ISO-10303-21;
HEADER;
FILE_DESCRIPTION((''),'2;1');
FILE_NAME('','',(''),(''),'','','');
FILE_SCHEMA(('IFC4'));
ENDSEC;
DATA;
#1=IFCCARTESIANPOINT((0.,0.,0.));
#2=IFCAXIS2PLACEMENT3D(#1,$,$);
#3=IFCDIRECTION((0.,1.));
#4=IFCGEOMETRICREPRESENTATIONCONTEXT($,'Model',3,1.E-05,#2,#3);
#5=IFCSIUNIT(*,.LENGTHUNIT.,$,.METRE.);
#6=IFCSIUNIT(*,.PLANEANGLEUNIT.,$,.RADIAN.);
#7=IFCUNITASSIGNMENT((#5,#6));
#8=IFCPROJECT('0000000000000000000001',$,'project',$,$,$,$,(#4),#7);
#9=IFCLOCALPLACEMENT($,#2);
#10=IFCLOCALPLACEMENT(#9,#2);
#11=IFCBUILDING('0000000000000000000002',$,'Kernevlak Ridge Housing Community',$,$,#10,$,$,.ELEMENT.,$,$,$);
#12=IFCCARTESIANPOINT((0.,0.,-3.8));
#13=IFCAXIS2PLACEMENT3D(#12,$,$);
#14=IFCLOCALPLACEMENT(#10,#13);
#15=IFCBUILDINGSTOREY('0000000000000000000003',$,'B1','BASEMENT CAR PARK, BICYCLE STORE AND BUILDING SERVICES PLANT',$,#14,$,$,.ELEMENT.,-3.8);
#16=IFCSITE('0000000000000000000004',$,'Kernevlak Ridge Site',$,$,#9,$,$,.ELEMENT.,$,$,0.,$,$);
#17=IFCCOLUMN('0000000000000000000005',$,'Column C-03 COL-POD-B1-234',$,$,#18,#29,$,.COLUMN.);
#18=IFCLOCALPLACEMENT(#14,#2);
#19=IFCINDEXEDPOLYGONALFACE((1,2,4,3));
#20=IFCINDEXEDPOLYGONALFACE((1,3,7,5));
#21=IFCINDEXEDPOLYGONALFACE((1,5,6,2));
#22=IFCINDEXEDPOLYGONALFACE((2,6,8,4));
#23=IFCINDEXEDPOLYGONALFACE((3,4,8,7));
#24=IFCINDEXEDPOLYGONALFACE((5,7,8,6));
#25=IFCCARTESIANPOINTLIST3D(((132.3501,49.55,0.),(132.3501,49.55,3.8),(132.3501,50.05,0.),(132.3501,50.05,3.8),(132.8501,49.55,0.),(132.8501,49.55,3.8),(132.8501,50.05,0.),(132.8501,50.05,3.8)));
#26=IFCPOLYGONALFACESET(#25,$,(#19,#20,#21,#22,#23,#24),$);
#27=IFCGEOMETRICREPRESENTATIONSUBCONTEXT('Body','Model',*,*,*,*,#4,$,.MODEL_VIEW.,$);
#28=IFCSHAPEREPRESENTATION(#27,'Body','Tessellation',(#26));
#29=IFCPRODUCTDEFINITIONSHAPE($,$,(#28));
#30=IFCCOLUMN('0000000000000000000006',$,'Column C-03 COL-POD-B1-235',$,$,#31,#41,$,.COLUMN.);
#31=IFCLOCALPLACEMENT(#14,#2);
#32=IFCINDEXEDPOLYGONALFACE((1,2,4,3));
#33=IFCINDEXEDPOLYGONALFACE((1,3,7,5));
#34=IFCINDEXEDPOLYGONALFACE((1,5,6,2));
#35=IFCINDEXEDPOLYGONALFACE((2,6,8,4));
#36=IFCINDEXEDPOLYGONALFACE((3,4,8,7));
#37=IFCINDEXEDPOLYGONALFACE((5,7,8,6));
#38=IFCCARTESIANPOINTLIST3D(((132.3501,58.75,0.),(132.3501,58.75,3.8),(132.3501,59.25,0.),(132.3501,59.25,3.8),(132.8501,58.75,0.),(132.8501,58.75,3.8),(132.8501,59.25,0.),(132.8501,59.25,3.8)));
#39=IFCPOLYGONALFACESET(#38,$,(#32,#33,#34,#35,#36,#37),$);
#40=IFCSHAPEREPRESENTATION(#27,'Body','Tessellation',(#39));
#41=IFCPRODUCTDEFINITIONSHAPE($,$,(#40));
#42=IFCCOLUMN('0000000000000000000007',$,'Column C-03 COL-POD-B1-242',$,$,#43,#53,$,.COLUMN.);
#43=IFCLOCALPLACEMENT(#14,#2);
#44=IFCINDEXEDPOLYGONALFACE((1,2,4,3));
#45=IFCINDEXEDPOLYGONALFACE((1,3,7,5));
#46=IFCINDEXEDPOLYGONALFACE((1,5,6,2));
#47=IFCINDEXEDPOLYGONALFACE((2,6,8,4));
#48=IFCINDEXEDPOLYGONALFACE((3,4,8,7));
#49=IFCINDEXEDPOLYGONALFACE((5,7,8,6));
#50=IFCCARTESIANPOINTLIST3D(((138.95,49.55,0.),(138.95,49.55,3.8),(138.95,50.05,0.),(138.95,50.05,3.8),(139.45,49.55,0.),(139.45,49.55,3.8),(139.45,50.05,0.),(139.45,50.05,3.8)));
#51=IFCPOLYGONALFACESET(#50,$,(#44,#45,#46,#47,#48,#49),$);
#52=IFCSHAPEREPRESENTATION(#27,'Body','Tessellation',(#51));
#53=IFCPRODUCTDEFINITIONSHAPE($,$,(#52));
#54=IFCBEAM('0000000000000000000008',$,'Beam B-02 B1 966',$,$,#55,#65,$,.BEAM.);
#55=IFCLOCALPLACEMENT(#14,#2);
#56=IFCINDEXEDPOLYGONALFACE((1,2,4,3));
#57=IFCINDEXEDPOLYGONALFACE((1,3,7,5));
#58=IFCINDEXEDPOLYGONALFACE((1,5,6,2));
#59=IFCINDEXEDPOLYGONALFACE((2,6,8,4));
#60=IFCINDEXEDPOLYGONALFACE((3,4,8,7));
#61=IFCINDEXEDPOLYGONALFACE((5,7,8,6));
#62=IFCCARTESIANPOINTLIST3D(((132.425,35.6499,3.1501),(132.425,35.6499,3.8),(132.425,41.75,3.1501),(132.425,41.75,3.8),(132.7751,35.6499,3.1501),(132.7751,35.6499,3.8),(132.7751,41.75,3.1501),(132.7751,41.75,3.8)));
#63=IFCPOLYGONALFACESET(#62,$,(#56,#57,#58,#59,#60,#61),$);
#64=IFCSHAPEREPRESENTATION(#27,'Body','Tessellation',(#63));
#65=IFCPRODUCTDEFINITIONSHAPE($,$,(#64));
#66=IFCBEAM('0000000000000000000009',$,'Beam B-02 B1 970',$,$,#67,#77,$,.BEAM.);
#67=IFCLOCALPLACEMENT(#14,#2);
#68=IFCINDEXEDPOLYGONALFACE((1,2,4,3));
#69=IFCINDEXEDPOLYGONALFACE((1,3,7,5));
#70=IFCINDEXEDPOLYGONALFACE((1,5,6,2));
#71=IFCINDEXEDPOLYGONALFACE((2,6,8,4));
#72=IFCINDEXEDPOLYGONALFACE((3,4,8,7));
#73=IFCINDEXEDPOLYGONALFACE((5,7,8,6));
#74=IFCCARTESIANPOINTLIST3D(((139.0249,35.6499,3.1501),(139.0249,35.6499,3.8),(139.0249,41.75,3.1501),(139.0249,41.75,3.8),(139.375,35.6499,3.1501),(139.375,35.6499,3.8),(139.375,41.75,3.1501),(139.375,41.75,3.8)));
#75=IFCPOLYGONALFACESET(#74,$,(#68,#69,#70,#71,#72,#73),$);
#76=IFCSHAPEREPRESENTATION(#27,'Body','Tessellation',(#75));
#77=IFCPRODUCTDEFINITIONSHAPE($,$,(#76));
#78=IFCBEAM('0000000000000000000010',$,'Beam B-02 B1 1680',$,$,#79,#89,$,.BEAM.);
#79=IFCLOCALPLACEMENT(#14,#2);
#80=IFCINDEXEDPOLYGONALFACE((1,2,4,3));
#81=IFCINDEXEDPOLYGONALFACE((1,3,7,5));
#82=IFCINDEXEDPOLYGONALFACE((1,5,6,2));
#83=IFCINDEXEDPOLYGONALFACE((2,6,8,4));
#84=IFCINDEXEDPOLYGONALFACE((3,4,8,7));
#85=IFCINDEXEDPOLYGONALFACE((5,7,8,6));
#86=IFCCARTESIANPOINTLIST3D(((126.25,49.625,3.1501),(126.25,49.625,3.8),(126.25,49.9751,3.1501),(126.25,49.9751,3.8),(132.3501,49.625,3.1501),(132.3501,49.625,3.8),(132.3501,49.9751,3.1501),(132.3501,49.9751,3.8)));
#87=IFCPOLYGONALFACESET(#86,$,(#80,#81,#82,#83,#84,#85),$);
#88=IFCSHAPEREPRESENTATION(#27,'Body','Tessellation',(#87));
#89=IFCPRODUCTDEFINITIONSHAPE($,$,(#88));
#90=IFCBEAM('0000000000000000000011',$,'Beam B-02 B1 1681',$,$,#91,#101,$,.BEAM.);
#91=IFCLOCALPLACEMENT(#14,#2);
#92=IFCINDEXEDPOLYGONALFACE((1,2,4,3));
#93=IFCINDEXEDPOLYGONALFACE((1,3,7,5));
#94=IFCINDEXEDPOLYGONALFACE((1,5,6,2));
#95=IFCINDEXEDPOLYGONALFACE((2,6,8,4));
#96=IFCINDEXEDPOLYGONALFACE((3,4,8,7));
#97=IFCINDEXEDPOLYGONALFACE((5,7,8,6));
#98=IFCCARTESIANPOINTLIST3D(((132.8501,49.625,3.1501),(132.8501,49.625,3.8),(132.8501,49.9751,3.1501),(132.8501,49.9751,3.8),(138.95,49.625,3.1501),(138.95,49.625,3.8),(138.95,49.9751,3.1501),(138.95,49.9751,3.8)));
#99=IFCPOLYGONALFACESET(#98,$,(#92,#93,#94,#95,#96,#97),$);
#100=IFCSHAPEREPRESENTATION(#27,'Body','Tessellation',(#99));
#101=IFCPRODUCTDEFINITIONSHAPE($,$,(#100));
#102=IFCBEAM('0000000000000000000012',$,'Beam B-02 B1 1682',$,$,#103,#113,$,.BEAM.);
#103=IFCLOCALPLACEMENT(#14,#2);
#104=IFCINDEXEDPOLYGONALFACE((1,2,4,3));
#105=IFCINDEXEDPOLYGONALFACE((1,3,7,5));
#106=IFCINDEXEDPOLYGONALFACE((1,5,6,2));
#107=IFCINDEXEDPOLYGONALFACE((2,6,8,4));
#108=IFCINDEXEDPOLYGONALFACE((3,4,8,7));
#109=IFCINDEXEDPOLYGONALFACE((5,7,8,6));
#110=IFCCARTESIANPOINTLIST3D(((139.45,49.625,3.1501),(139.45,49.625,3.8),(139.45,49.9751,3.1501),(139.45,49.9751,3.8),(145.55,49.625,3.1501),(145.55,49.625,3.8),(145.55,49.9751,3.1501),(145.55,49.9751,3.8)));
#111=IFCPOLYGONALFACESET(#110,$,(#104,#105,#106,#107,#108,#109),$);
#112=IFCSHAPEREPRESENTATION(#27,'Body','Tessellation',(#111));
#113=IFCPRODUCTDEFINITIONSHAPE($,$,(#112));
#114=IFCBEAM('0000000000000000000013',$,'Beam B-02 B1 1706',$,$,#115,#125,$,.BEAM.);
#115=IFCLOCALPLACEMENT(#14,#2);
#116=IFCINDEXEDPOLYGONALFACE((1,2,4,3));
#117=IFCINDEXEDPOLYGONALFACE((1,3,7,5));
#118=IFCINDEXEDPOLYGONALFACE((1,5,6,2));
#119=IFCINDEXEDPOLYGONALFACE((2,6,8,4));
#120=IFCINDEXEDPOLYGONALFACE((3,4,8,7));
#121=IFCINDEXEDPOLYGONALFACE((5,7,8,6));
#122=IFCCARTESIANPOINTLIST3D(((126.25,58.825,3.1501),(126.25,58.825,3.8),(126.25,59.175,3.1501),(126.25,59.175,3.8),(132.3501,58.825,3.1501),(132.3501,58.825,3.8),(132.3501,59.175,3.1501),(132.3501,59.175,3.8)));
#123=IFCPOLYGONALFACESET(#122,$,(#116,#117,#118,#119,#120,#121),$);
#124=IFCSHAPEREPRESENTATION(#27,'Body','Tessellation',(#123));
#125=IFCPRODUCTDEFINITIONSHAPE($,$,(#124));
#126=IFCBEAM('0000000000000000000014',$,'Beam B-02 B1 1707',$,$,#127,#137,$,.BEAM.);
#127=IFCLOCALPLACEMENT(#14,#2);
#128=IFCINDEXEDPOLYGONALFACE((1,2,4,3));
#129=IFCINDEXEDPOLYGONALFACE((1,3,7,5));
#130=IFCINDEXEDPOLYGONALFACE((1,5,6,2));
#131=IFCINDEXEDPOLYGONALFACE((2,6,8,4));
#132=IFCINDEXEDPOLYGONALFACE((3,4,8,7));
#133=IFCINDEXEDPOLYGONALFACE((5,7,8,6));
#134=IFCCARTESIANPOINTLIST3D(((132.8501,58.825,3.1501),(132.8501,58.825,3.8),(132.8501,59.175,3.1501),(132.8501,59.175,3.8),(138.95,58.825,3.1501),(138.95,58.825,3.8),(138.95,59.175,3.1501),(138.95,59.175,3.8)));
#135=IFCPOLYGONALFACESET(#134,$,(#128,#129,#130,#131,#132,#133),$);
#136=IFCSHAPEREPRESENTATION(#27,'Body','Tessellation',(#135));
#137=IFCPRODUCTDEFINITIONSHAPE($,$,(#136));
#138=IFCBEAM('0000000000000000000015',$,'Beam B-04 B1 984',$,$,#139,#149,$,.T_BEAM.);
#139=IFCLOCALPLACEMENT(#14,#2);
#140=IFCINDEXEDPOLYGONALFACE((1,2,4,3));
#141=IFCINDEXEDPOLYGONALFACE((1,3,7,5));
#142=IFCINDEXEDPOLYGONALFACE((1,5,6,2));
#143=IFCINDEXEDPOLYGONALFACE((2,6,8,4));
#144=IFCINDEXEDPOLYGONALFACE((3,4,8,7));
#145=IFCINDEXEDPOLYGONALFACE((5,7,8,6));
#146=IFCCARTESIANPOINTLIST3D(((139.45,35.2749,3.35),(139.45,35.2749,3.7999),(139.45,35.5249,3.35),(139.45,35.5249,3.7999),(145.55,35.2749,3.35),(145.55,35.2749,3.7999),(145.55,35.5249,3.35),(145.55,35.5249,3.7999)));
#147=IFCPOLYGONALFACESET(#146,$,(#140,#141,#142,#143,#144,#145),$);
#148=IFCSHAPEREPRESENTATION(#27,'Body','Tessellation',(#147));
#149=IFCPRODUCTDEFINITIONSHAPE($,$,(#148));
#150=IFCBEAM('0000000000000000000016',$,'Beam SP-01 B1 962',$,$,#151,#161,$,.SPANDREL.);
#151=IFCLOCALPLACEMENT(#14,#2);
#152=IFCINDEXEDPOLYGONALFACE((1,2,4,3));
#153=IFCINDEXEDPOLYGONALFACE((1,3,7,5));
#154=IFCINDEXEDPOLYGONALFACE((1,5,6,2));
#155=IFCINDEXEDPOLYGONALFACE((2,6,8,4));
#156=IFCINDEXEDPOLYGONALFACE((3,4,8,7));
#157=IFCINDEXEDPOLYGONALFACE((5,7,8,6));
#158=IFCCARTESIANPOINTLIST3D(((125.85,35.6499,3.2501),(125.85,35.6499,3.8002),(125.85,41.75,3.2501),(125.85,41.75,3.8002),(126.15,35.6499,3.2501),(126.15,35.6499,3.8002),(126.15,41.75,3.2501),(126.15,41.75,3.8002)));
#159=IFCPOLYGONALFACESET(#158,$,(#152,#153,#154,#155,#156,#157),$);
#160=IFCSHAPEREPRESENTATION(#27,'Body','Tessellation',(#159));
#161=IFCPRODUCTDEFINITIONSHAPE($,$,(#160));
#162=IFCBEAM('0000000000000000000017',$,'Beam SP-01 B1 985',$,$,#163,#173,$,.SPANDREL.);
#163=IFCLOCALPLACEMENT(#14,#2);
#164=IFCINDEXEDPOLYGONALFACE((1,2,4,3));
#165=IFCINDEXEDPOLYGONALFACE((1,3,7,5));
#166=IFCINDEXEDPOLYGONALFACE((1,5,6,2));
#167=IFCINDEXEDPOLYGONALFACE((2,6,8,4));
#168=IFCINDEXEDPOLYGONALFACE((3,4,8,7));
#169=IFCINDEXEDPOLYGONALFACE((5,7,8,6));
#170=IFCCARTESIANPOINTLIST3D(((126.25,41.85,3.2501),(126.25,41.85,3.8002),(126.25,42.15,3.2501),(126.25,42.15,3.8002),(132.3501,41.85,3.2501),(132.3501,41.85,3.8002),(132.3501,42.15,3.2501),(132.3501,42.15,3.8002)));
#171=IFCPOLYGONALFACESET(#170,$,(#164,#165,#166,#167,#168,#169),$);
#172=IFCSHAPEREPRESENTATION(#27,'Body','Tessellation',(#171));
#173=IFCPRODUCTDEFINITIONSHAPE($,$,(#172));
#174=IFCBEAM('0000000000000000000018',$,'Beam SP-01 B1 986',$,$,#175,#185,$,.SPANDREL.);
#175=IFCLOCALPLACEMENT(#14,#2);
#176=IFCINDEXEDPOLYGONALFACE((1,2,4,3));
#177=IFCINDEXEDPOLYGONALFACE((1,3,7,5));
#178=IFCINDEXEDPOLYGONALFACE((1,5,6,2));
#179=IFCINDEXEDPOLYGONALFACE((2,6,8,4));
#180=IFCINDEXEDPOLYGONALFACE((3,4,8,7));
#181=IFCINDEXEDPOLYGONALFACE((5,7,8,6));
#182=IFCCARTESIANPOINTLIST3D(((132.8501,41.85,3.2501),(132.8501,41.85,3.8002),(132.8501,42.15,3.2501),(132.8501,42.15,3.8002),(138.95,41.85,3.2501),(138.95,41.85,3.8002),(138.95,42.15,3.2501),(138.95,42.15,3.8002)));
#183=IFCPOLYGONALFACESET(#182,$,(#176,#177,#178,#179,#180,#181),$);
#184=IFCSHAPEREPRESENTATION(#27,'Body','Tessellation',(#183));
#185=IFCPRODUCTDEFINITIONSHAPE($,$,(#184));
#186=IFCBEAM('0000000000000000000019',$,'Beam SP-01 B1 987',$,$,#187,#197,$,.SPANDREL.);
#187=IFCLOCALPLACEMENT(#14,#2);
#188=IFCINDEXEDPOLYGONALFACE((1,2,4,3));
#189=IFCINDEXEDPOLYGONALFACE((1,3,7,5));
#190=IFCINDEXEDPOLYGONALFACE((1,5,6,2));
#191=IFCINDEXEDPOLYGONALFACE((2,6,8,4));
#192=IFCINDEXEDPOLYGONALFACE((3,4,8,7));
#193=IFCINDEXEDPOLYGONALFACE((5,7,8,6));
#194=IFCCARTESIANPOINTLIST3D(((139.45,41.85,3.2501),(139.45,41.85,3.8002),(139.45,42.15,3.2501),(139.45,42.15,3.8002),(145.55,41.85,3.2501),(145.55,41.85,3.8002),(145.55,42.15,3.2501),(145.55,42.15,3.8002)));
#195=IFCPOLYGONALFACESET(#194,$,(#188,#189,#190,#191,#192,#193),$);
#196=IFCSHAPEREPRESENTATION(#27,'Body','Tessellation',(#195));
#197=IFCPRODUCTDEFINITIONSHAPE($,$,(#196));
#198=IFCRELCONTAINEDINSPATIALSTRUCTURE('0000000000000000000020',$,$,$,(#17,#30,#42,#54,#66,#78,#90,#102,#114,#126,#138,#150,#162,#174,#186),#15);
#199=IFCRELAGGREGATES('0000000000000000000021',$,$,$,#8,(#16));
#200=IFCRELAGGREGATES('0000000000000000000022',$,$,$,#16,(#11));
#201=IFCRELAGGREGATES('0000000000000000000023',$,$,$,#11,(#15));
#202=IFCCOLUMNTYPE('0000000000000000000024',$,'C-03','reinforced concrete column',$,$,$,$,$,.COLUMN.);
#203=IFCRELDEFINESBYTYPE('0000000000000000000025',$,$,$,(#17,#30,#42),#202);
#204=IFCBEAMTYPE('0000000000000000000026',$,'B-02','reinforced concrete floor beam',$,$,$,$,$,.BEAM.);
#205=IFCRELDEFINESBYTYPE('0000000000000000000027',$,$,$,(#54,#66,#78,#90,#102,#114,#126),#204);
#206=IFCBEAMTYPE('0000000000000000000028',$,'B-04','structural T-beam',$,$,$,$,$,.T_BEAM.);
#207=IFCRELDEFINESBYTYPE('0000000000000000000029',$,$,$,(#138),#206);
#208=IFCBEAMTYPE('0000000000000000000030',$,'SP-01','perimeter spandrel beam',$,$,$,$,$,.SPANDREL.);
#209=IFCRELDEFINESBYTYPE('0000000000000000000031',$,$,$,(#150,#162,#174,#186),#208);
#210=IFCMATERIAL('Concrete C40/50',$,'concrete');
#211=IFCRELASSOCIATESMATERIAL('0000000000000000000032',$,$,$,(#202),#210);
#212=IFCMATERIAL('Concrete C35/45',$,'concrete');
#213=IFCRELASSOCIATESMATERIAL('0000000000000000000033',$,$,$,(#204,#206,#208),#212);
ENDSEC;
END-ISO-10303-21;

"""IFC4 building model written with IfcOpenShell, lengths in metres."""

from ifc_helpers import new_model, si_unit, direction, frame, origin, origin_2d, place, context, subcontext, project, spatial, rectangle, extrude, material, material_profile, profile_set, type_object, element, save


model = new_model("IFC4")

# Units and contexts
model_context = context("Model", 3, precision=1e-05, world=origin(), true_north=direction((0.0, 1.0)))
body_context = subcontext(model_context, "Body", "Model", "MODEL_VIEW")
ifc_project = project(units=[si_unit("LENGTHUNIT", "METRE"), si_unit("PLANEANGLEUNIT", "RADIAN")], contexts=[model_context])

# Site, building, storey
site_placement = place(None, origin())
site = spatial("IfcSite", under=ifc_project, at=site_placement, Name="Kernevlak Ridge Site", CompositionType="ELEMENT", RefElevation=0.0)
building_placement = place(site_placement, origin())
building = spatial("IfcBuilding", under=site, at=building_placement, Name="Kernevlak Ridge Housing Community", CompositionType="ELEMENT")
storey_placement = place(building_placement, frame((0.0, 0.0, -3.8)))
storey = spatial("IfcBuildingStorey", under=building, at=storey_placement, Name="B1", Description="BASEMENT CAR PARK, BICYCLE STORE AND BUILDING SERVICES PLANT", CompositionType="ELEMENT", Elevation=-3.8)

# Shared definitions
ifc_material_1 = material(Name="Concrete C35/45", Category="concrete")

# Columns
ifc_material_2 = material(Name="Concrete C40/50", Category="concrete")
ifc_material_profile_1 = material_profile(ifc_material_2, rectangle(XDim=0.5, YDim=0.5, at=origin_2d()), Name="RC 500x500")
ifc_profile_set_1 = profile_set([ifc_material_profile_1], Name="Concrete C40/50")
column_type = type_object("IfcColumnType", Name="C-03", Description="reinforced concrete column", PredefinedType="COLUMN", material=ifc_profile_set_1)
for number, where, z_axis, x_axis, name in (
    (1, (132.6001, 49.8, 0.0), (0.0, 0.0, 1.0), (1.0, 0.0, 0.0), "Column C-03 COL-POD-B1-234"),
    (2, (132.6001, 59.0, 0.0), (0.0, 0.0, 1.0), (1.0, 0.0, 0.0), "Column C-03 COL-POD-B1-235"),
    (3, (139.2, 49.8, 0.0), (0.0, 0.0, 1.0), (1.0, 0.0, 0.0), "Column C-03 COL-POD-B1-242"),
):
    element("IfcColumn", number, at=place(storey_placement, frame(where, z_axis=z_axis, x_axis=x_axis)), inside=storey, type_object=column_type, Name=name, PredefinedType="COLUMN", context=body_context, shape_type="SweptSolid", body=[
        extrude(rectangle(XDim=0.5, YDim=0.5, at=origin_2d()), origin(), (0.0, 0.0, 1.0), 3.8),
    ])

# Beams
ifc_material_profile_2 = material_profile(ifc_material_1, rectangle(XDim=0.3501, YDim=0.6499, at=origin_2d()), Name="RC 350x650")
ifc_profile_set_2 = profile_set([ifc_material_profile_2], Name="Concrete C35/45")
beam_type_1 = type_object("IfcBeamType", Name="B-02", Description="reinforced concrete floor beam", PredefinedType="BEAM", material=ifc_profile_set_2)
for number, where, z_axis, x_axis, name in (
    (4, (132.6001, 35.6499, 3.4751), (0.0, 1.0, 0.0), (-1.0, 0.0, 0.0), "Beam B-02 B1 966"),
    (5, (139.2, 35.6499, 3.4751), (0.0, 1.0, 0.0), (-1.0, 0.0, 0.0), "Beam B-02 B1 970"),
    (6, (126.25, 49.8, 3.4751), (1.0, 0.0, 0.0), (0.0, 1.0, 0.0), "Beam B-02 B1 1680"),
):
    element("IfcBeam", number, at=place(storey_placement, frame(where, z_axis=z_axis, x_axis=x_axis)), inside=storey, type_object=beam_type_1, Name=name, PredefinedType="BEAM", context=body_context, shape_type="SweptSolid", body=[
        extrude(rectangle(XDim=0.3501, YDim=0.6499, at=origin_2d()), origin(), (0.0, 0.0, 1.0), 6.1001),
    ])
beam_1_placement = place(storey_placement, frame((132.8501, 49.8, 3.4751), z_axis=(1.0, 0.0, 0.0), x_axis=(0.0, 1.0, 0.0)))
element("IfcBeam", 7, at=beam_1_placement, inside=storey, type_object=beam_type_1, Name="Beam B-02 B1 1681", PredefinedType="BEAM", context=body_context, shape_type="SweptSolid", body=[
    extrude(rectangle(XDim=0.3501, YDim=0.6499, at=origin_2d()), origin(), (0.0, 0.0, 1.0), 6.0999),
])
for number, where, z_axis, x_axis, name in (
    (8, (139.45, 49.8, 3.4751), (1.0, 0.0, 0.0), (0.0, 1.0, 0.0), "Beam B-02 B1 1682"),
    (9, (126.25, 59.0, 3.4751), (1.0, 0.0, 0.0), (0.0, 1.0, 0.0), "Beam B-02 B1 1706"),
):
    element("IfcBeam", number, at=place(storey_placement, frame(where, z_axis=z_axis, x_axis=x_axis)), inside=storey, type_object=beam_type_1, Name=name, PredefinedType="BEAM", context=body_context, shape_type="SweptSolid", body=[
        extrude(rectangle(XDim=0.3501, YDim=0.6499, at=origin_2d()), origin(), (0.0, 0.0, 1.0), 6.1001),
    ])
beam_2_placement = place(storey_placement, frame((132.8501, 59.0, 3.4751), z_axis=(1.0, 0.0, 0.0), x_axis=(0.0, 1.0, 0.0)))
element("IfcBeam", 10, at=beam_2_placement, inside=storey, type_object=beam_type_1, Name="Beam B-02 B1 1707", PredefinedType="BEAM", context=body_context, shape_type="SweptSolid", body=[
    extrude(rectangle(XDim=0.3501, YDim=0.6499, at=origin_2d()), origin(), (0.0, 0.0, 1.0), 6.0999),
])
ifc_material_profile_3 = material_profile(ifc_material_1, rectangle(XDim=0.25, YDim=0.45, at=origin_2d()), Name="RC 250x450")
ifc_profile_set_3 = profile_set([ifc_material_profile_3], Name="Concrete C35/45")
beam_type_2 = type_object("IfcBeamType", Name="B-04", Description="structural T-beam", PredefinedType="T_BEAM", material=ifc_profile_set_3)
beam_3_placement = place(storey_placement, frame((139.45, 35.3999, 3.575), z_axis=(1.0, 0.0, 0.0), x_axis=(0.0, 1.0, 0.0)))
element("IfcBeam", 11, at=beam_3_placement, inside=storey, type_object=beam_type_2, Name="Beam B-04 B1 984", PredefinedType="T_BEAM", context=body_context, shape_type="SweptSolid", body=[
    extrude(rectangle(XDim=0.25, YDim=0.45, at=origin_2d()), origin(), (0.0, 0.0, 1.0), 6.1001),
])
ifc_material_profile_4 = material_profile(ifc_material_1, rectangle(XDim=0.3, YDim=0.55, at=origin_2d()), Name="RC 300x550")
ifc_profile_set_4 = profile_set([ifc_material_profile_4], Name="Concrete C35/45")
beam_type_3 = type_object("IfcBeamType", Name="SP-01", Description="perimeter spandrel beam", PredefinedType="SPANDREL", material=ifc_profile_set_4)
for number, where, z_axis, x_axis, name in (
    (12, (126.0, 35.6499, 3.5251), (0.0, 1.0, 0.0), (-1.0, 0.0, 0.0), "Beam SP-01 B1 962"),
    (13, (126.25, 42.0, 3.5251), (1.0, 0.0, 0.0), (0.0, 1.0, 0.0), "Beam SP-01 B1 985"),
):
    element("IfcBeam", number, at=place(storey_placement, frame(where, z_axis=z_axis, x_axis=x_axis)), inside=storey, type_object=beam_type_3, Name=name, PredefinedType="SPANDREL", context=body_context, shape_type="SweptSolid", body=[
        extrude(rectangle(XDim=0.3, YDim=0.55, at=origin_2d()), origin(), (0.0, 0.0, 1.0), 6.1001),
    ])
beam_4_placement = place(storey_placement, frame((132.8501, 42.0, 3.5251), z_axis=(1.0, 0.0, 0.0), x_axis=(0.0, 1.0, 0.0)))
element("IfcBeam", 14, at=beam_4_placement, inside=storey, type_object=beam_type_3, Name="Beam SP-01 B1 986", PredefinedType="SPANDREL", context=body_context, shape_type="SweptSolid", body=[
    extrude(rectangle(XDim=0.3, YDim=0.55, at=origin_2d()), origin(), (0.0, 0.0, 1.0), 6.0999),
])
beam_5_placement = place(storey_placement, frame((139.45, 42.0, 3.5251), z_axis=(1.0, 0.0, 0.0), x_axis=(0.0, 1.0, 0.0)))
element("IfcBeam", 15, at=beam_5_placement, inside=storey, type_object=beam_type_3, Name="Beam SP-01 B1 987", PredefinedType="SPANDREL", context=body_context, shape_type="SweptSolid", body=[
    extrude(rectangle(XDim=0.3, YDim=0.55, at=origin_2d()), origin(), (0.0, 0.0, 1.0), 6.1001),
])

save(model, "model.ifc")
